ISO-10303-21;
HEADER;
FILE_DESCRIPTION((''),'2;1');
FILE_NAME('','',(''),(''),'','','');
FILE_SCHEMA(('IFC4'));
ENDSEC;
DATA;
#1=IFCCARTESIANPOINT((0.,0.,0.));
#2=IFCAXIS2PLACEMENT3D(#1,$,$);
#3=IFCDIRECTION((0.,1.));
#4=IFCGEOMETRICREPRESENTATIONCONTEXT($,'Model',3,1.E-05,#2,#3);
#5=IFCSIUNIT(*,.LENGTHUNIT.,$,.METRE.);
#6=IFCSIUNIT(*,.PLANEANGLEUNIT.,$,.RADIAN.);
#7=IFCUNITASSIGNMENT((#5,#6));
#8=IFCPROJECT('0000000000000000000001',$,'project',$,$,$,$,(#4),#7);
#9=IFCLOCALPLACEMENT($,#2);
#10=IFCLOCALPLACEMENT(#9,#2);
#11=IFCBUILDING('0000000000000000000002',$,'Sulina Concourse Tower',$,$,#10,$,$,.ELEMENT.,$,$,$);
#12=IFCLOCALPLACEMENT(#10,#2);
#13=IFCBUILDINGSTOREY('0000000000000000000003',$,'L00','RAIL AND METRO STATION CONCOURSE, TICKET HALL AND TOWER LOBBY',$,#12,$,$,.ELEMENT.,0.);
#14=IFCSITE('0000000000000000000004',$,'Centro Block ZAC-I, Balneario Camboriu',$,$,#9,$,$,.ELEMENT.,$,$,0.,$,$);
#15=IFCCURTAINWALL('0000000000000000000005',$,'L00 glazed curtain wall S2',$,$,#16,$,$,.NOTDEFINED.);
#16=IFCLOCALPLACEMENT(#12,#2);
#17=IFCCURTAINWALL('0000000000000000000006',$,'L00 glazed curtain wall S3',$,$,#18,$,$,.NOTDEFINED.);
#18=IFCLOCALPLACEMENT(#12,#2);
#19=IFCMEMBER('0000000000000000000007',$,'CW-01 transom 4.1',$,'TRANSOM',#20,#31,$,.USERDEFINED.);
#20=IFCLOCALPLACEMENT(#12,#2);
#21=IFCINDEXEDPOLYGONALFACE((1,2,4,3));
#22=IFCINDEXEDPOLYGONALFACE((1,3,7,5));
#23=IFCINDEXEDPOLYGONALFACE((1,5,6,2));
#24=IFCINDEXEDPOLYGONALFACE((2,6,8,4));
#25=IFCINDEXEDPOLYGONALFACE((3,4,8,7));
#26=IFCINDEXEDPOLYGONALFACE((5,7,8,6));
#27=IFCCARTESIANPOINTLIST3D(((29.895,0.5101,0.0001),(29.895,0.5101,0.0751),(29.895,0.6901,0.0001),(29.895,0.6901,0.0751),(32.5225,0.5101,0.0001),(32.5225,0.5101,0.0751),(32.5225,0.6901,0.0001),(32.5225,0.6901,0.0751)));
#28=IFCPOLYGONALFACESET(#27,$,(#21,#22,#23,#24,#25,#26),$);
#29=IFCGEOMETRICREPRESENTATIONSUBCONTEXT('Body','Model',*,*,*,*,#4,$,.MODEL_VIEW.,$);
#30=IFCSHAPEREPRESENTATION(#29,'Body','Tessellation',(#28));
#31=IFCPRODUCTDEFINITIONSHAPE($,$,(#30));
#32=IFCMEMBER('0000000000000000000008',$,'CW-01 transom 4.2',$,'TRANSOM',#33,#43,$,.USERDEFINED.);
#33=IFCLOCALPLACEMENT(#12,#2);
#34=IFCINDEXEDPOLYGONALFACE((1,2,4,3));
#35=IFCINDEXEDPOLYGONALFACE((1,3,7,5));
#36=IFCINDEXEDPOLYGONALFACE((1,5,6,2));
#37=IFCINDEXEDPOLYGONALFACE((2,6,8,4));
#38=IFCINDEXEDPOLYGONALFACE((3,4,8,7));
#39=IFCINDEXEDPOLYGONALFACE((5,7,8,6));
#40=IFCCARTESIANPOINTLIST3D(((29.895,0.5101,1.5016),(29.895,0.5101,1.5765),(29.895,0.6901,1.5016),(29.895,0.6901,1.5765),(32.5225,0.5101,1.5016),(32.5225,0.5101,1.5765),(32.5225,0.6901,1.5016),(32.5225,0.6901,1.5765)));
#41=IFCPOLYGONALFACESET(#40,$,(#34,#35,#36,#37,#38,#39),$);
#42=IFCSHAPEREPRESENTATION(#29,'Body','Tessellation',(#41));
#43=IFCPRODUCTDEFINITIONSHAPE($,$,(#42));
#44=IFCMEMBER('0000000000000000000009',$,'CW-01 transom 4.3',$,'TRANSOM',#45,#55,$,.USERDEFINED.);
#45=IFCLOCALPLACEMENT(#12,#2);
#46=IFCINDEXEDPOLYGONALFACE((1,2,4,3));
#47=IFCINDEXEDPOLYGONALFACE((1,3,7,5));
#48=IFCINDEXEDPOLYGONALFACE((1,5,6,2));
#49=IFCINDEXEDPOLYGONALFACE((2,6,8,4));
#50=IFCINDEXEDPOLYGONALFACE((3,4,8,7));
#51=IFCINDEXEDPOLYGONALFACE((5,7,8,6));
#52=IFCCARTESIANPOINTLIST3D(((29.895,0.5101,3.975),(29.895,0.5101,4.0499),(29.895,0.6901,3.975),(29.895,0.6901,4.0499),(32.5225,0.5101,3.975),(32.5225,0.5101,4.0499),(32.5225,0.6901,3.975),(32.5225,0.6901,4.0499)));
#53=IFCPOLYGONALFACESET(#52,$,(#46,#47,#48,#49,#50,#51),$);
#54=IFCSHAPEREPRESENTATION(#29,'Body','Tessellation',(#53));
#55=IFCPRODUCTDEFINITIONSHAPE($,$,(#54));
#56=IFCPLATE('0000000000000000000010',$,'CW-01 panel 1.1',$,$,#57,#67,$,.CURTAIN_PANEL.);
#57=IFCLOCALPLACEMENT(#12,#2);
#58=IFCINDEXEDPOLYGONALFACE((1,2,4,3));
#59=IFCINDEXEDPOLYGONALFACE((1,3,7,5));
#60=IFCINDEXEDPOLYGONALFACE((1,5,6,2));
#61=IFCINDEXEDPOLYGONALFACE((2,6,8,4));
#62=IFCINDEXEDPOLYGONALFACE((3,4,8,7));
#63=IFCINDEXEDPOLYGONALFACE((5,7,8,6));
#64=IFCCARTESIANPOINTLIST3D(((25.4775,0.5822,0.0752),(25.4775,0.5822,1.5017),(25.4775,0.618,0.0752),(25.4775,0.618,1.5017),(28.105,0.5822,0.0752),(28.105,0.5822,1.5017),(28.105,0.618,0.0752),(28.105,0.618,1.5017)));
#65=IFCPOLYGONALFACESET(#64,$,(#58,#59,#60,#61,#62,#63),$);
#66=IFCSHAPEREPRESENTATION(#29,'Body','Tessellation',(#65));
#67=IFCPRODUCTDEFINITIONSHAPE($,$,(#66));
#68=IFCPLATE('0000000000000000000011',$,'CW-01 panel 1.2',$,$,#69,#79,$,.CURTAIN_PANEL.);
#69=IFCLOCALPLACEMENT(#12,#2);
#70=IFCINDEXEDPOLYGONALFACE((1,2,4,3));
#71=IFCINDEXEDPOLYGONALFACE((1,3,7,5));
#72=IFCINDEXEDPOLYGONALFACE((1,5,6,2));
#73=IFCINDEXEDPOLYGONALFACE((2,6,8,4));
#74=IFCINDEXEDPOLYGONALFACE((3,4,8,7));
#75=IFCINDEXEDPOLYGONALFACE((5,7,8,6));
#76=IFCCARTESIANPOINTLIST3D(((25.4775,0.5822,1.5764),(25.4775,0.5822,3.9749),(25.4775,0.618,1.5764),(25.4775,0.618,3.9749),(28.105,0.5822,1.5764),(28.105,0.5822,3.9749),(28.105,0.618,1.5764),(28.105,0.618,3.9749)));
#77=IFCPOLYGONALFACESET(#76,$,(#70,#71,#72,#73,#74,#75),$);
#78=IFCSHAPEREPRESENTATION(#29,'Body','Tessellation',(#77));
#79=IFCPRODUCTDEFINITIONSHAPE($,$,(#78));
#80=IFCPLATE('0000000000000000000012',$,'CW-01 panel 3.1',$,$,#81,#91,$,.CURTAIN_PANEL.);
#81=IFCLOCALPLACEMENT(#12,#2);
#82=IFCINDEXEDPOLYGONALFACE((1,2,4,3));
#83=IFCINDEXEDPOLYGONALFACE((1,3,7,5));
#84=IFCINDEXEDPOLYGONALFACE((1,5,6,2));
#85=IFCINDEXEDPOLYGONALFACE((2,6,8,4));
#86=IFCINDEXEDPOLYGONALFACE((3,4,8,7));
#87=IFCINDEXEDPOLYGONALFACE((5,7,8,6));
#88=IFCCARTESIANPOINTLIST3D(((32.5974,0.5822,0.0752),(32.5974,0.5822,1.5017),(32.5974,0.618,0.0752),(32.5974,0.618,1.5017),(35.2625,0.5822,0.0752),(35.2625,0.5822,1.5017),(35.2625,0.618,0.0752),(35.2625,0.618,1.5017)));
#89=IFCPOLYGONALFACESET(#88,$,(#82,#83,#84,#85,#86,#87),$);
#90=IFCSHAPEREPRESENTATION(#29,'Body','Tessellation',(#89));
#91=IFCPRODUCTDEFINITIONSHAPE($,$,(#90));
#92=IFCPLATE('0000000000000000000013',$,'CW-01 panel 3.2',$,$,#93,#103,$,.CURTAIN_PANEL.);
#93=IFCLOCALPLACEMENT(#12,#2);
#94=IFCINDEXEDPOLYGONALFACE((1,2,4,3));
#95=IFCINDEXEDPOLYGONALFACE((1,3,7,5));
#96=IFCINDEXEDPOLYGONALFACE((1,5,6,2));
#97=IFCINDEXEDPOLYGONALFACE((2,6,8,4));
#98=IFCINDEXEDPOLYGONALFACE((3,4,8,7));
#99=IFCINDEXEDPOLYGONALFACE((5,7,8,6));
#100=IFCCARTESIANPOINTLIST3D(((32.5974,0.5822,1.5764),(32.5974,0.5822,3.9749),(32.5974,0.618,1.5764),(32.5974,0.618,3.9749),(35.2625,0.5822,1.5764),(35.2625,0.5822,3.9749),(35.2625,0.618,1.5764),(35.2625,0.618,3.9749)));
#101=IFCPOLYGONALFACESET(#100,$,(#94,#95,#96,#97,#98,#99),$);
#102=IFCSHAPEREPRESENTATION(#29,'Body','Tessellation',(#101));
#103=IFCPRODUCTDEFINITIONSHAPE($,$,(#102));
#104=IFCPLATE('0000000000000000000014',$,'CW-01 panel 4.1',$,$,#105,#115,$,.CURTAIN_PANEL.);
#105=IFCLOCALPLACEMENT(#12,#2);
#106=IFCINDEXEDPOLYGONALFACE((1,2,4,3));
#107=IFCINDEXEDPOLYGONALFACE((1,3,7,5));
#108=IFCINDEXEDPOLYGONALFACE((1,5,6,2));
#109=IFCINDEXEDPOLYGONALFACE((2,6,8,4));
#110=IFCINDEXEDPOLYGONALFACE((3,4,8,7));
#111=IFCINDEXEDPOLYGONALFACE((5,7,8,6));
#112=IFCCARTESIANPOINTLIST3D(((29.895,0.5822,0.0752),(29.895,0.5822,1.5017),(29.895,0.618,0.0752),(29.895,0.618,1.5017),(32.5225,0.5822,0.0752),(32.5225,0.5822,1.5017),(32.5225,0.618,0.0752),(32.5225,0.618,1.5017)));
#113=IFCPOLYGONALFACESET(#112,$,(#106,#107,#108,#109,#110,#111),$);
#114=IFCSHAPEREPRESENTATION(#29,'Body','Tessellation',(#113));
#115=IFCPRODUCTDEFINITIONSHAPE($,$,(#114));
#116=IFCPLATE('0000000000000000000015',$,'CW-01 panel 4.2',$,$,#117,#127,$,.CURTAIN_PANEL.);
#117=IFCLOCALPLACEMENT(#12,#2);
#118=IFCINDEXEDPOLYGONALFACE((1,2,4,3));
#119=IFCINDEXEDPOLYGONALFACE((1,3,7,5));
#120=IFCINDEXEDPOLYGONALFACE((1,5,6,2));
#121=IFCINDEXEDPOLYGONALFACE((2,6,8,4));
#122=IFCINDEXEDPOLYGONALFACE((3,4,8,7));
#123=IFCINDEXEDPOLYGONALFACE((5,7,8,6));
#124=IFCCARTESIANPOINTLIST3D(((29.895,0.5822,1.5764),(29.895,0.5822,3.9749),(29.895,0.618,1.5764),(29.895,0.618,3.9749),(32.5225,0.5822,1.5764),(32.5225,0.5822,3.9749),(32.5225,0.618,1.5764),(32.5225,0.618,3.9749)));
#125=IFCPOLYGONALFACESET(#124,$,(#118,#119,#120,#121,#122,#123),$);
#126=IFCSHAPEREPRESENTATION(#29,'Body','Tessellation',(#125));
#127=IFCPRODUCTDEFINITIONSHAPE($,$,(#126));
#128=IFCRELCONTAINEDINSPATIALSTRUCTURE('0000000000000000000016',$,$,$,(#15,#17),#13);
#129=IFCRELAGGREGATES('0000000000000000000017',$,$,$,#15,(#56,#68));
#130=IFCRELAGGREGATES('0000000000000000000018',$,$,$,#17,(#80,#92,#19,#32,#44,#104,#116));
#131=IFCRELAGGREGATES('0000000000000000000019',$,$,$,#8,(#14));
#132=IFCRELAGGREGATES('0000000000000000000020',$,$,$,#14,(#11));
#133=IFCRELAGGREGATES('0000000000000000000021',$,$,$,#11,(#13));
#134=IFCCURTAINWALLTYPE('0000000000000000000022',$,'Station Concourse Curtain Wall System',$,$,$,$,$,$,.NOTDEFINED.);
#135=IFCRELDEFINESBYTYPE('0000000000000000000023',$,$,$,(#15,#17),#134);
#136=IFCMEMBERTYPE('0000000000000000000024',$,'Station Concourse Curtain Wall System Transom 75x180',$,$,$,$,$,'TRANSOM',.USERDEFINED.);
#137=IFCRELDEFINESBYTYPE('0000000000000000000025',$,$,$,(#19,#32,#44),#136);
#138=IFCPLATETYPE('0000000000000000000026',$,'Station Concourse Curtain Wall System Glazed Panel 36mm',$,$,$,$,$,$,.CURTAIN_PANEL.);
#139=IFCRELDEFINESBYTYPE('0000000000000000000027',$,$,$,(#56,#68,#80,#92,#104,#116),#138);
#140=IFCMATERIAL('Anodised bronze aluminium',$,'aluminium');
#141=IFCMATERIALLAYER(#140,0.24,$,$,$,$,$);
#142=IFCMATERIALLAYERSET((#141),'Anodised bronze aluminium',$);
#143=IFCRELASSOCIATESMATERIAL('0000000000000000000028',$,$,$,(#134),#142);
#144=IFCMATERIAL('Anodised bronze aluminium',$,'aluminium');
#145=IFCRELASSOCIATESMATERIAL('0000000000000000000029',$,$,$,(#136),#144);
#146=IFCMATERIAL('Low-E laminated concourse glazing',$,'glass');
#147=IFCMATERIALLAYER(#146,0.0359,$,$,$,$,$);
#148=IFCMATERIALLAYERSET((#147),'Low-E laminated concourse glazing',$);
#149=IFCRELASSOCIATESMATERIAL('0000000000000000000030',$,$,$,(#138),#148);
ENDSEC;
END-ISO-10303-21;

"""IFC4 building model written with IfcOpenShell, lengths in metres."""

from ifc_helpers import new_model, si_unit, direction, frame, origin, origin_2d, place, context, subcontext, project, spatial, rectangle, extrude, material, layer, layer_set, material_profile, profile_set, type_object, element, aggregate, save


model = new_model("IFC4")

# Units and contexts
model_context = context("Model", 3, precision=1e-05, world=origin(), true_north=direction((0.0, 1.0)))
body_context = subcontext(model_context, "Body", "Model", "MODEL_VIEW")
ifc_project = project(units=[si_unit("LENGTHUNIT", "METRE"), si_unit("PLANEANGLEUNIT", "RADIAN")], contexts=[model_context])

# Site, building, storey
site_placement = place(None, origin())
site = spatial("IfcSite", under=ifc_project, at=site_placement, Name="Centro Block ZAC-I, Balneario Camboriu", CompositionType="ELEMENT", RefElevation=0.0)
building_placement = place(site_placement, origin())
building = spatial("IfcBuilding", under=site, at=building_placement, Name="Sulina Concourse Tower", CompositionType="ELEMENT")
storey_placement = place(building_placement, origin())
storey = spatial("IfcBuildingStorey", under=building, at=storey_placement, Name="L00", Description="RAIL AND METRO STATION CONCOURSE, TICKET HALL AND TOWER LOBBY", CompositionType="ELEMENT", Elevation=0.0)

# Curtain wall
ifc_material_1 = material(Name="Anodised bronze aluminium", Category="aluminium")
ifc_layer_1 = layer(ifc_material_1, 0.24)
ifc_layer_set_1 = layer_set([ifc_layer_1], Name="Anodised bronze aluminium")
curtain_wall_type = type_object("IfcCurtainWallType", Name="Station Concourse Curtain Wall System", PredefinedType="NOTDEFINED", material=ifc_layer_set_1)
curtain_wall_1_placement = place(storey_placement, origin())
curtain_wall_1 = element("IfcCurtainWall", 1, at=curtain_wall_1_placement, inside=storey, type_object=curtain_wall_type, Name="L00 glazed curtain wall S2", PredefinedType="NOTDEFINED")

# Curtain wall
curtain_wall_2_placement = place(storey_placement, origin())
curtain_wall_2 = element("IfcCurtainWall", 2, at=curtain_wall_2_placement, inside=storey, type_object=curtain_wall_type, Name="L00 glazed curtain wall S3", PredefinedType="NOTDEFINED")

# Members
ifc_material_2 = material(Name="Anodised bronze aluminium", Category="aluminium")
ifc_material_profile_1 = material_profile(ifc_material_2, rectangle(XDim=0.1799, YDim=0.075, at=origin_2d()), Name="TRN 75x180")
ifc_profile_set_1 = profile_set([ifc_material_profile_1], Name="Anodised bronze aluminium")
member_type_1 = type_object("IfcMemberType", Name="Station Concourse Curtain Wall System Transom 75x180", ElementType="TRANSOM", PredefinedType="USERDEFINED", material=ifc_profile_set_1)
member_1_placement = place(storey_placement, frame((32.5225, 0.6001, 0.0376), z_axis=(-1.0, 0.0, 0.0), x_axis=(0.0, -1.0, 0.0)))
member_1 = element("IfcMember", 3, at=member_1_placement, type_object=member_type_1, Name="CW-01 transom 4.1", ObjectType="TRANSOM", PredefinedType="USERDEFINED", context=body_context, shape_type="SweptSolid", body=[
    extrude(rectangle(XDim=0.1799, YDim=0.075, at=origin_2d()), origin(), (0.0, 0.0, 1.0), 2.6274),
])
member_2_placement = place(storey_placement, frame((32.5225, 0.6001, 1.5391), z_axis=(-1.0, 0.0, 0.0), x_axis=(0.0, -1.0, 0.0)))
member_2 = element("IfcMember", 4, at=member_2_placement, type_object=member_type_1, Name="CW-01 transom 4.2", ObjectType="TRANSOM", PredefinedType="USERDEFINED", context=body_context, shape_type="SweptSolid", body=[
    extrude(rectangle(XDim=0.1799, YDim=0.075, at=origin_2d()), origin(), (0.0, 0.0, 1.0), 2.6274),
])
member_3_placement = place(storey_placement, frame((32.5225, 0.6001, 4.0125), z_axis=(-1.0, 0.0, 0.0), x_axis=(0.0, -1.0, 0.0)))
member_3 = element("IfcMember", 5, at=member_3_placement, type_object=member_type_1, Name="CW-01 transom 4.3", ObjectType="TRANSOM", PredefinedType="USERDEFINED", context=body_context, shape_type="SweptSolid", body=[
    extrude(rectangle(XDim=0.1799, YDim=0.075, at=origin_2d()), origin(), (0.0, 0.0, 1.0), 2.6274),
])

# Plates
ifc_material_3 = material(Name="Low-E laminated concourse glazing", Category="glass")
ifc_layer_2 = layer(ifc_material_3, 0.0359)
ifc_layer_set_2 = layer_set([ifc_layer_2], Name="Low-E laminated concourse glazing")
plate_type = type_object("IfcPlateType", Name="Station Concourse Curtain Wall System Glazed Panel 36mm", PredefinedType="CURTAIN_PANEL", material=ifc_layer_set_2)
plate_1_placement = place(storey_placement, frame((26.7913, 0.6001, 0.0752), z_axis=(0.0, 0.0, 1.0), x_axis=(-1.0, 0.0, 0.0)))
plate_1 = element("IfcPlate", 6, at=plate_1_placement, type_object=plate_type, Name="CW-01 panel 1.1", PredefinedType="CURTAIN_PANEL", context=body_context, shape_type="SweptSolid", body=[
    extrude(rectangle(XDim=2.6274, YDim=0.0359, at=origin_2d()), origin(), (0.0, 0.0, 1.0), 1.4265),
])
plate_2_placement = place(storey_placement, frame((26.7913, 0.6001, 1.5764), z_axis=(0.0, 0.0, 1.0), x_axis=(-1.0, 0.0, 0.0)))
plate_2 = element("IfcPlate", 7, at=plate_2_placement, type_object=plate_type, Name="CW-01 panel 1.2", PredefinedType="CURTAIN_PANEL", context=body_context, shape_type="SweptSolid", body=[
    extrude(rectangle(XDim=2.6274, YDim=0.0359, at=origin_2d()), origin(), (0.0, 0.0, 1.0), 2.3984),
])
aggregate(curtain_wall_1, [plate_1, plate_2])
plate_3_placement = place(storey_placement, frame((33.9299, 0.6001, 0.0752), z_axis=(0.0, 0.0, 1.0), x_axis=(-1.0, 0.0, 0.0)))
plate_3 = element("IfcPlate", 8, at=plate_3_placement, type_object=plate_type, Name="CW-01 panel 3.1", PredefinedType="CURTAIN_PANEL", context=body_context, shape_type="SweptSolid", body=[
    extrude(rectangle(XDim=2.665, YDim=0.0359, at=origin_2d()), origin(), (0.0, 0.0, 1.0), 1.4265),
])
plate_4_placement = place(storey_placement, frame((33.9299, 0.6001, 1.5764), z_axis=(0.0, 0.0, 1.0), x_axis=(-1.0, 0.0, 0.0)))
plate_4 = element("IfcPlate", 9, at=plate_4_placement, type_object=plate_type, Name="CW-01 panel 3.2", PredefinedType="CURTAIN_PANEL", context=body_context, shape_type="SweptSolid", body=[
    extrude(rectangle(XDim=2.665, YDim=0.0359, at=origin_2d()), origin(), (0.0, 0.0, 1.0), 2.3984),
])
plate_5_placement = place(storey_placement, frame((31.2087, 0.6001, 0.0752), z_axis=(0.0, 0.0, 1.0), x_axis=(-1.0, 0.0, 0.0)))
plate_5 = element("IfcPlate", 10, at=plate_5_placement, type_object=plate_type, Name="CW-01 panel 4.1", PredefinedType="CURTAIN_PANEL", context=body_context, shape_type="SweptSolid", body=[
    extrude(rectangle(XDim=2.6274, YDim=0.0359, at=origin_2d()), origin(), (0.0, 0.0, 1.0), 1.4265),
])
plate_6_placement = place(storey_placement, frame((31.2087, 0.6001, 1.5764), z_axis=(0.0, 0.0, 1.0), x_axis=(-1.0, 0.0, 0.0)))
plate_6 = element("IfcPlate", 11, at=plate_6_placement, type_object=plate_type, Name="CW-01 panel 4.2", PredefinedType="CURTAIN_PANEL", context=body_context, shape_type="SweptSolid", body=[
    extrude(rectangle(XDim=2.6274, YDim=0.0359, at=origin_2d()), origin(), (0.0, 0.0, 1.0), 2.3984),
])
aggregate(curtain_wall_2, [plate_3, plate_4, member_1, member_2, member_3, plate_5, plate_6])

save(model, "model.ifc")
